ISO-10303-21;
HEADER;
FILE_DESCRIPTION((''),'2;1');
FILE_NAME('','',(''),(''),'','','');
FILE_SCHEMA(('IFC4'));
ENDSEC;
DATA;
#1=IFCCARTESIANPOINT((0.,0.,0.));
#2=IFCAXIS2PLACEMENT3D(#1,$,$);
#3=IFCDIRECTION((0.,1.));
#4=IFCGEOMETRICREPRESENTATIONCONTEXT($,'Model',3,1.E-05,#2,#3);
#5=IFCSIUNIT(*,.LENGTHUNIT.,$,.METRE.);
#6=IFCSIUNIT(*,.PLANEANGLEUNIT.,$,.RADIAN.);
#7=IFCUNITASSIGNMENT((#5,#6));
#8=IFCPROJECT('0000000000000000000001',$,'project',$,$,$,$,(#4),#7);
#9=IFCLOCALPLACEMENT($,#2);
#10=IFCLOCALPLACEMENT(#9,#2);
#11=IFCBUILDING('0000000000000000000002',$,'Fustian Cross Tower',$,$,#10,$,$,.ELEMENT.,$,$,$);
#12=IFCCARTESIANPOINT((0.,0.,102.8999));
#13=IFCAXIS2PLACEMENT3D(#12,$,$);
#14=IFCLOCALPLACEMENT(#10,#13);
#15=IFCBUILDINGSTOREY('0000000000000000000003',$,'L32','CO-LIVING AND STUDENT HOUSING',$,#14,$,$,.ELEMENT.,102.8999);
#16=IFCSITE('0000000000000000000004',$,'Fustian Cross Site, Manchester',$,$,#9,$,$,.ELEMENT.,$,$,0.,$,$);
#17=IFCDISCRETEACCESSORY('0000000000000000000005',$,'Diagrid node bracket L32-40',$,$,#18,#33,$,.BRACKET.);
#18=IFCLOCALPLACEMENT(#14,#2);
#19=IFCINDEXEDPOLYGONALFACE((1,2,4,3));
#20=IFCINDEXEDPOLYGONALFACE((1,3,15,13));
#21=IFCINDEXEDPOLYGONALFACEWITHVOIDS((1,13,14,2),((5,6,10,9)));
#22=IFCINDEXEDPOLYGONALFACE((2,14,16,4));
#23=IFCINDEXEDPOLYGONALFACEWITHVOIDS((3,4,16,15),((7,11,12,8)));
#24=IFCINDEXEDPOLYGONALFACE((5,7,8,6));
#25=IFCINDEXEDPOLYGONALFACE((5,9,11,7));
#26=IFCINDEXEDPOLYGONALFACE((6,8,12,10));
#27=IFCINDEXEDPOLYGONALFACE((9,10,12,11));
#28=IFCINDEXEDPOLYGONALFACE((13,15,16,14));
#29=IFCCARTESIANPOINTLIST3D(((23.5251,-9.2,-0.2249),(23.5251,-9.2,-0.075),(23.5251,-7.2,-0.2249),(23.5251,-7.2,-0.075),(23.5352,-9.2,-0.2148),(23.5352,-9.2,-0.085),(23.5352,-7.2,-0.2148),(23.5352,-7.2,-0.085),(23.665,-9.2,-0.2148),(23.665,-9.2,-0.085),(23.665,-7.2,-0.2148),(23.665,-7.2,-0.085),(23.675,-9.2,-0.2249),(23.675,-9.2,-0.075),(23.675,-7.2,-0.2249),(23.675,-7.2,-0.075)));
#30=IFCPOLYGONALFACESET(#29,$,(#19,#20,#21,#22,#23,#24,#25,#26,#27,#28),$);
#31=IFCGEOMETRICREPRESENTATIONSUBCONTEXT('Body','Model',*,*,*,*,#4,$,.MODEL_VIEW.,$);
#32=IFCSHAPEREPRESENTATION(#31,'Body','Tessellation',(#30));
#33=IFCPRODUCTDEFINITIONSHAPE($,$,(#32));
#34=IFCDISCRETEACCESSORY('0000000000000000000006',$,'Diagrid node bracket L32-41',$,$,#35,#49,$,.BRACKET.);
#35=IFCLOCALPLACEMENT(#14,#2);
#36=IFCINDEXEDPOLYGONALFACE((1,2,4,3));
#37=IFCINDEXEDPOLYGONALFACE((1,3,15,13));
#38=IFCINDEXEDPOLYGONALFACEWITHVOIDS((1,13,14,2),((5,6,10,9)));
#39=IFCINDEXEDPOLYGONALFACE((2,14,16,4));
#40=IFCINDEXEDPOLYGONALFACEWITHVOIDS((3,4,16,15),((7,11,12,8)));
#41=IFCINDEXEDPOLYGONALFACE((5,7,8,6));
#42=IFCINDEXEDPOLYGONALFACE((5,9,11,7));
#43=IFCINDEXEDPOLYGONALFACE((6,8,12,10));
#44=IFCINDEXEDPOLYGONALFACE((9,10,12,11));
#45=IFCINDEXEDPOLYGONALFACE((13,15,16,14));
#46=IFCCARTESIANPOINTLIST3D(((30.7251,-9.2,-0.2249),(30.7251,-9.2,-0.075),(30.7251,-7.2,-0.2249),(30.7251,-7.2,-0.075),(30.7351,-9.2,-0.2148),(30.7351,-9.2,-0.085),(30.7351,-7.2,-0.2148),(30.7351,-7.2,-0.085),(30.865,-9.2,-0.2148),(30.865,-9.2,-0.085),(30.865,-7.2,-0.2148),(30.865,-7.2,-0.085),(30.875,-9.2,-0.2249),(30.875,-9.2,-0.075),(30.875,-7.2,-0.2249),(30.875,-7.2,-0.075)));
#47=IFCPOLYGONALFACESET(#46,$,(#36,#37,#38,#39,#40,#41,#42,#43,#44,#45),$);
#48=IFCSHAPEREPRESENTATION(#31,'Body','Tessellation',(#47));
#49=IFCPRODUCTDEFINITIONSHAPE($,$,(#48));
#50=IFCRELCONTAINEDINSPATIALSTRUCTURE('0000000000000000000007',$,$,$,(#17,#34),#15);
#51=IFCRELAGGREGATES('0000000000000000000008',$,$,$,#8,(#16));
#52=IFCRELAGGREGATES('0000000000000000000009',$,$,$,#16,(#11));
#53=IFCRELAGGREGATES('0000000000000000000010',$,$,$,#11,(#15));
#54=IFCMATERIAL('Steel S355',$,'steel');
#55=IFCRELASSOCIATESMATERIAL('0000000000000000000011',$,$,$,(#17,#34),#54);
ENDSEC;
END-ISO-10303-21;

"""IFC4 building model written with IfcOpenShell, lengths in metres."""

from ifc_helpers import new_model, si_unit, direction, frame, origin, origin_2d, place, context, subcontext, project, spatial, hollow_rectangle, extrude, material, element, save


model = new_model("IFC4")

# Units and contexts
model_context = context("Model", 3, precision=1e-05, world=origin(), true_north=direction((0.0, 1.0)))
body_context = subcontext(model_context, "Body", "Model", "MODEL_VIEW")
ifc_project = project(units=[si_unit("LENGTHUNIT", "METRE"), si_unit("PLANEANGLEUNIT", "RADIAN")], contexts=[model_context])

# Site, building, storey
site_placement = place(None, origin())
site = spatial("IfcSite", under=ifc_project, at=site_placement, Name="Fustian Cross Site, Manchester", CompositionType="ELEMENT", RefElevation=0.0)
building_placement = place(site_placement, origin())
building = spatial("IfcBuilding", under=site, at=building_placement, Name="Fustian Cross Tower", CompositionType="ELEMENT")
storey_placement = place(building_placement, frame((0.0, 0.0, 102.8999)))
storey = spatial("IfcBuildingStorey", under=building, at=storey_placement, Name="L32", Description="CO-LIVING AND STUDENT HOUSING", CompositionType="ELEMENT", Elevation=102.8999)

# Discrete accessories
ifc_material_1 = material(Name="Steel S355", Category="steel")
for number, where, z_axis, x_axis, name in (
    (1, (23.6001, -9.2, -0.1499), (0.0, 1.0, 0.0), (-1.0, 0.0, 0.0), "Diagrid node bracket L32-40"),
    (2, (30.8, -9.2, -0.1499), (0.0, 1.0, 0.0), (-1.0, 0.0, 0.0), "Diagrid node bracket L32-41"),
):
    element("IfcDiscreteAccessory", number, at=place(storey_placement, frame(where, z_axis=z_axis, x_axis=x_axis)), inside=storey, material=ifc_material_1, Name=name, PredefinedType="BRACKET", context=body_context, shape_type="SweptSolid", body=[
        extrude(hollow_rectangle(XDim=0.1499, YDim=0.1499, WallThickness=0.01, at=origin_2d()), origin(), (0.0, 0.0, 1.0), 2.0),
    ])

save(model, "model.ifc")
